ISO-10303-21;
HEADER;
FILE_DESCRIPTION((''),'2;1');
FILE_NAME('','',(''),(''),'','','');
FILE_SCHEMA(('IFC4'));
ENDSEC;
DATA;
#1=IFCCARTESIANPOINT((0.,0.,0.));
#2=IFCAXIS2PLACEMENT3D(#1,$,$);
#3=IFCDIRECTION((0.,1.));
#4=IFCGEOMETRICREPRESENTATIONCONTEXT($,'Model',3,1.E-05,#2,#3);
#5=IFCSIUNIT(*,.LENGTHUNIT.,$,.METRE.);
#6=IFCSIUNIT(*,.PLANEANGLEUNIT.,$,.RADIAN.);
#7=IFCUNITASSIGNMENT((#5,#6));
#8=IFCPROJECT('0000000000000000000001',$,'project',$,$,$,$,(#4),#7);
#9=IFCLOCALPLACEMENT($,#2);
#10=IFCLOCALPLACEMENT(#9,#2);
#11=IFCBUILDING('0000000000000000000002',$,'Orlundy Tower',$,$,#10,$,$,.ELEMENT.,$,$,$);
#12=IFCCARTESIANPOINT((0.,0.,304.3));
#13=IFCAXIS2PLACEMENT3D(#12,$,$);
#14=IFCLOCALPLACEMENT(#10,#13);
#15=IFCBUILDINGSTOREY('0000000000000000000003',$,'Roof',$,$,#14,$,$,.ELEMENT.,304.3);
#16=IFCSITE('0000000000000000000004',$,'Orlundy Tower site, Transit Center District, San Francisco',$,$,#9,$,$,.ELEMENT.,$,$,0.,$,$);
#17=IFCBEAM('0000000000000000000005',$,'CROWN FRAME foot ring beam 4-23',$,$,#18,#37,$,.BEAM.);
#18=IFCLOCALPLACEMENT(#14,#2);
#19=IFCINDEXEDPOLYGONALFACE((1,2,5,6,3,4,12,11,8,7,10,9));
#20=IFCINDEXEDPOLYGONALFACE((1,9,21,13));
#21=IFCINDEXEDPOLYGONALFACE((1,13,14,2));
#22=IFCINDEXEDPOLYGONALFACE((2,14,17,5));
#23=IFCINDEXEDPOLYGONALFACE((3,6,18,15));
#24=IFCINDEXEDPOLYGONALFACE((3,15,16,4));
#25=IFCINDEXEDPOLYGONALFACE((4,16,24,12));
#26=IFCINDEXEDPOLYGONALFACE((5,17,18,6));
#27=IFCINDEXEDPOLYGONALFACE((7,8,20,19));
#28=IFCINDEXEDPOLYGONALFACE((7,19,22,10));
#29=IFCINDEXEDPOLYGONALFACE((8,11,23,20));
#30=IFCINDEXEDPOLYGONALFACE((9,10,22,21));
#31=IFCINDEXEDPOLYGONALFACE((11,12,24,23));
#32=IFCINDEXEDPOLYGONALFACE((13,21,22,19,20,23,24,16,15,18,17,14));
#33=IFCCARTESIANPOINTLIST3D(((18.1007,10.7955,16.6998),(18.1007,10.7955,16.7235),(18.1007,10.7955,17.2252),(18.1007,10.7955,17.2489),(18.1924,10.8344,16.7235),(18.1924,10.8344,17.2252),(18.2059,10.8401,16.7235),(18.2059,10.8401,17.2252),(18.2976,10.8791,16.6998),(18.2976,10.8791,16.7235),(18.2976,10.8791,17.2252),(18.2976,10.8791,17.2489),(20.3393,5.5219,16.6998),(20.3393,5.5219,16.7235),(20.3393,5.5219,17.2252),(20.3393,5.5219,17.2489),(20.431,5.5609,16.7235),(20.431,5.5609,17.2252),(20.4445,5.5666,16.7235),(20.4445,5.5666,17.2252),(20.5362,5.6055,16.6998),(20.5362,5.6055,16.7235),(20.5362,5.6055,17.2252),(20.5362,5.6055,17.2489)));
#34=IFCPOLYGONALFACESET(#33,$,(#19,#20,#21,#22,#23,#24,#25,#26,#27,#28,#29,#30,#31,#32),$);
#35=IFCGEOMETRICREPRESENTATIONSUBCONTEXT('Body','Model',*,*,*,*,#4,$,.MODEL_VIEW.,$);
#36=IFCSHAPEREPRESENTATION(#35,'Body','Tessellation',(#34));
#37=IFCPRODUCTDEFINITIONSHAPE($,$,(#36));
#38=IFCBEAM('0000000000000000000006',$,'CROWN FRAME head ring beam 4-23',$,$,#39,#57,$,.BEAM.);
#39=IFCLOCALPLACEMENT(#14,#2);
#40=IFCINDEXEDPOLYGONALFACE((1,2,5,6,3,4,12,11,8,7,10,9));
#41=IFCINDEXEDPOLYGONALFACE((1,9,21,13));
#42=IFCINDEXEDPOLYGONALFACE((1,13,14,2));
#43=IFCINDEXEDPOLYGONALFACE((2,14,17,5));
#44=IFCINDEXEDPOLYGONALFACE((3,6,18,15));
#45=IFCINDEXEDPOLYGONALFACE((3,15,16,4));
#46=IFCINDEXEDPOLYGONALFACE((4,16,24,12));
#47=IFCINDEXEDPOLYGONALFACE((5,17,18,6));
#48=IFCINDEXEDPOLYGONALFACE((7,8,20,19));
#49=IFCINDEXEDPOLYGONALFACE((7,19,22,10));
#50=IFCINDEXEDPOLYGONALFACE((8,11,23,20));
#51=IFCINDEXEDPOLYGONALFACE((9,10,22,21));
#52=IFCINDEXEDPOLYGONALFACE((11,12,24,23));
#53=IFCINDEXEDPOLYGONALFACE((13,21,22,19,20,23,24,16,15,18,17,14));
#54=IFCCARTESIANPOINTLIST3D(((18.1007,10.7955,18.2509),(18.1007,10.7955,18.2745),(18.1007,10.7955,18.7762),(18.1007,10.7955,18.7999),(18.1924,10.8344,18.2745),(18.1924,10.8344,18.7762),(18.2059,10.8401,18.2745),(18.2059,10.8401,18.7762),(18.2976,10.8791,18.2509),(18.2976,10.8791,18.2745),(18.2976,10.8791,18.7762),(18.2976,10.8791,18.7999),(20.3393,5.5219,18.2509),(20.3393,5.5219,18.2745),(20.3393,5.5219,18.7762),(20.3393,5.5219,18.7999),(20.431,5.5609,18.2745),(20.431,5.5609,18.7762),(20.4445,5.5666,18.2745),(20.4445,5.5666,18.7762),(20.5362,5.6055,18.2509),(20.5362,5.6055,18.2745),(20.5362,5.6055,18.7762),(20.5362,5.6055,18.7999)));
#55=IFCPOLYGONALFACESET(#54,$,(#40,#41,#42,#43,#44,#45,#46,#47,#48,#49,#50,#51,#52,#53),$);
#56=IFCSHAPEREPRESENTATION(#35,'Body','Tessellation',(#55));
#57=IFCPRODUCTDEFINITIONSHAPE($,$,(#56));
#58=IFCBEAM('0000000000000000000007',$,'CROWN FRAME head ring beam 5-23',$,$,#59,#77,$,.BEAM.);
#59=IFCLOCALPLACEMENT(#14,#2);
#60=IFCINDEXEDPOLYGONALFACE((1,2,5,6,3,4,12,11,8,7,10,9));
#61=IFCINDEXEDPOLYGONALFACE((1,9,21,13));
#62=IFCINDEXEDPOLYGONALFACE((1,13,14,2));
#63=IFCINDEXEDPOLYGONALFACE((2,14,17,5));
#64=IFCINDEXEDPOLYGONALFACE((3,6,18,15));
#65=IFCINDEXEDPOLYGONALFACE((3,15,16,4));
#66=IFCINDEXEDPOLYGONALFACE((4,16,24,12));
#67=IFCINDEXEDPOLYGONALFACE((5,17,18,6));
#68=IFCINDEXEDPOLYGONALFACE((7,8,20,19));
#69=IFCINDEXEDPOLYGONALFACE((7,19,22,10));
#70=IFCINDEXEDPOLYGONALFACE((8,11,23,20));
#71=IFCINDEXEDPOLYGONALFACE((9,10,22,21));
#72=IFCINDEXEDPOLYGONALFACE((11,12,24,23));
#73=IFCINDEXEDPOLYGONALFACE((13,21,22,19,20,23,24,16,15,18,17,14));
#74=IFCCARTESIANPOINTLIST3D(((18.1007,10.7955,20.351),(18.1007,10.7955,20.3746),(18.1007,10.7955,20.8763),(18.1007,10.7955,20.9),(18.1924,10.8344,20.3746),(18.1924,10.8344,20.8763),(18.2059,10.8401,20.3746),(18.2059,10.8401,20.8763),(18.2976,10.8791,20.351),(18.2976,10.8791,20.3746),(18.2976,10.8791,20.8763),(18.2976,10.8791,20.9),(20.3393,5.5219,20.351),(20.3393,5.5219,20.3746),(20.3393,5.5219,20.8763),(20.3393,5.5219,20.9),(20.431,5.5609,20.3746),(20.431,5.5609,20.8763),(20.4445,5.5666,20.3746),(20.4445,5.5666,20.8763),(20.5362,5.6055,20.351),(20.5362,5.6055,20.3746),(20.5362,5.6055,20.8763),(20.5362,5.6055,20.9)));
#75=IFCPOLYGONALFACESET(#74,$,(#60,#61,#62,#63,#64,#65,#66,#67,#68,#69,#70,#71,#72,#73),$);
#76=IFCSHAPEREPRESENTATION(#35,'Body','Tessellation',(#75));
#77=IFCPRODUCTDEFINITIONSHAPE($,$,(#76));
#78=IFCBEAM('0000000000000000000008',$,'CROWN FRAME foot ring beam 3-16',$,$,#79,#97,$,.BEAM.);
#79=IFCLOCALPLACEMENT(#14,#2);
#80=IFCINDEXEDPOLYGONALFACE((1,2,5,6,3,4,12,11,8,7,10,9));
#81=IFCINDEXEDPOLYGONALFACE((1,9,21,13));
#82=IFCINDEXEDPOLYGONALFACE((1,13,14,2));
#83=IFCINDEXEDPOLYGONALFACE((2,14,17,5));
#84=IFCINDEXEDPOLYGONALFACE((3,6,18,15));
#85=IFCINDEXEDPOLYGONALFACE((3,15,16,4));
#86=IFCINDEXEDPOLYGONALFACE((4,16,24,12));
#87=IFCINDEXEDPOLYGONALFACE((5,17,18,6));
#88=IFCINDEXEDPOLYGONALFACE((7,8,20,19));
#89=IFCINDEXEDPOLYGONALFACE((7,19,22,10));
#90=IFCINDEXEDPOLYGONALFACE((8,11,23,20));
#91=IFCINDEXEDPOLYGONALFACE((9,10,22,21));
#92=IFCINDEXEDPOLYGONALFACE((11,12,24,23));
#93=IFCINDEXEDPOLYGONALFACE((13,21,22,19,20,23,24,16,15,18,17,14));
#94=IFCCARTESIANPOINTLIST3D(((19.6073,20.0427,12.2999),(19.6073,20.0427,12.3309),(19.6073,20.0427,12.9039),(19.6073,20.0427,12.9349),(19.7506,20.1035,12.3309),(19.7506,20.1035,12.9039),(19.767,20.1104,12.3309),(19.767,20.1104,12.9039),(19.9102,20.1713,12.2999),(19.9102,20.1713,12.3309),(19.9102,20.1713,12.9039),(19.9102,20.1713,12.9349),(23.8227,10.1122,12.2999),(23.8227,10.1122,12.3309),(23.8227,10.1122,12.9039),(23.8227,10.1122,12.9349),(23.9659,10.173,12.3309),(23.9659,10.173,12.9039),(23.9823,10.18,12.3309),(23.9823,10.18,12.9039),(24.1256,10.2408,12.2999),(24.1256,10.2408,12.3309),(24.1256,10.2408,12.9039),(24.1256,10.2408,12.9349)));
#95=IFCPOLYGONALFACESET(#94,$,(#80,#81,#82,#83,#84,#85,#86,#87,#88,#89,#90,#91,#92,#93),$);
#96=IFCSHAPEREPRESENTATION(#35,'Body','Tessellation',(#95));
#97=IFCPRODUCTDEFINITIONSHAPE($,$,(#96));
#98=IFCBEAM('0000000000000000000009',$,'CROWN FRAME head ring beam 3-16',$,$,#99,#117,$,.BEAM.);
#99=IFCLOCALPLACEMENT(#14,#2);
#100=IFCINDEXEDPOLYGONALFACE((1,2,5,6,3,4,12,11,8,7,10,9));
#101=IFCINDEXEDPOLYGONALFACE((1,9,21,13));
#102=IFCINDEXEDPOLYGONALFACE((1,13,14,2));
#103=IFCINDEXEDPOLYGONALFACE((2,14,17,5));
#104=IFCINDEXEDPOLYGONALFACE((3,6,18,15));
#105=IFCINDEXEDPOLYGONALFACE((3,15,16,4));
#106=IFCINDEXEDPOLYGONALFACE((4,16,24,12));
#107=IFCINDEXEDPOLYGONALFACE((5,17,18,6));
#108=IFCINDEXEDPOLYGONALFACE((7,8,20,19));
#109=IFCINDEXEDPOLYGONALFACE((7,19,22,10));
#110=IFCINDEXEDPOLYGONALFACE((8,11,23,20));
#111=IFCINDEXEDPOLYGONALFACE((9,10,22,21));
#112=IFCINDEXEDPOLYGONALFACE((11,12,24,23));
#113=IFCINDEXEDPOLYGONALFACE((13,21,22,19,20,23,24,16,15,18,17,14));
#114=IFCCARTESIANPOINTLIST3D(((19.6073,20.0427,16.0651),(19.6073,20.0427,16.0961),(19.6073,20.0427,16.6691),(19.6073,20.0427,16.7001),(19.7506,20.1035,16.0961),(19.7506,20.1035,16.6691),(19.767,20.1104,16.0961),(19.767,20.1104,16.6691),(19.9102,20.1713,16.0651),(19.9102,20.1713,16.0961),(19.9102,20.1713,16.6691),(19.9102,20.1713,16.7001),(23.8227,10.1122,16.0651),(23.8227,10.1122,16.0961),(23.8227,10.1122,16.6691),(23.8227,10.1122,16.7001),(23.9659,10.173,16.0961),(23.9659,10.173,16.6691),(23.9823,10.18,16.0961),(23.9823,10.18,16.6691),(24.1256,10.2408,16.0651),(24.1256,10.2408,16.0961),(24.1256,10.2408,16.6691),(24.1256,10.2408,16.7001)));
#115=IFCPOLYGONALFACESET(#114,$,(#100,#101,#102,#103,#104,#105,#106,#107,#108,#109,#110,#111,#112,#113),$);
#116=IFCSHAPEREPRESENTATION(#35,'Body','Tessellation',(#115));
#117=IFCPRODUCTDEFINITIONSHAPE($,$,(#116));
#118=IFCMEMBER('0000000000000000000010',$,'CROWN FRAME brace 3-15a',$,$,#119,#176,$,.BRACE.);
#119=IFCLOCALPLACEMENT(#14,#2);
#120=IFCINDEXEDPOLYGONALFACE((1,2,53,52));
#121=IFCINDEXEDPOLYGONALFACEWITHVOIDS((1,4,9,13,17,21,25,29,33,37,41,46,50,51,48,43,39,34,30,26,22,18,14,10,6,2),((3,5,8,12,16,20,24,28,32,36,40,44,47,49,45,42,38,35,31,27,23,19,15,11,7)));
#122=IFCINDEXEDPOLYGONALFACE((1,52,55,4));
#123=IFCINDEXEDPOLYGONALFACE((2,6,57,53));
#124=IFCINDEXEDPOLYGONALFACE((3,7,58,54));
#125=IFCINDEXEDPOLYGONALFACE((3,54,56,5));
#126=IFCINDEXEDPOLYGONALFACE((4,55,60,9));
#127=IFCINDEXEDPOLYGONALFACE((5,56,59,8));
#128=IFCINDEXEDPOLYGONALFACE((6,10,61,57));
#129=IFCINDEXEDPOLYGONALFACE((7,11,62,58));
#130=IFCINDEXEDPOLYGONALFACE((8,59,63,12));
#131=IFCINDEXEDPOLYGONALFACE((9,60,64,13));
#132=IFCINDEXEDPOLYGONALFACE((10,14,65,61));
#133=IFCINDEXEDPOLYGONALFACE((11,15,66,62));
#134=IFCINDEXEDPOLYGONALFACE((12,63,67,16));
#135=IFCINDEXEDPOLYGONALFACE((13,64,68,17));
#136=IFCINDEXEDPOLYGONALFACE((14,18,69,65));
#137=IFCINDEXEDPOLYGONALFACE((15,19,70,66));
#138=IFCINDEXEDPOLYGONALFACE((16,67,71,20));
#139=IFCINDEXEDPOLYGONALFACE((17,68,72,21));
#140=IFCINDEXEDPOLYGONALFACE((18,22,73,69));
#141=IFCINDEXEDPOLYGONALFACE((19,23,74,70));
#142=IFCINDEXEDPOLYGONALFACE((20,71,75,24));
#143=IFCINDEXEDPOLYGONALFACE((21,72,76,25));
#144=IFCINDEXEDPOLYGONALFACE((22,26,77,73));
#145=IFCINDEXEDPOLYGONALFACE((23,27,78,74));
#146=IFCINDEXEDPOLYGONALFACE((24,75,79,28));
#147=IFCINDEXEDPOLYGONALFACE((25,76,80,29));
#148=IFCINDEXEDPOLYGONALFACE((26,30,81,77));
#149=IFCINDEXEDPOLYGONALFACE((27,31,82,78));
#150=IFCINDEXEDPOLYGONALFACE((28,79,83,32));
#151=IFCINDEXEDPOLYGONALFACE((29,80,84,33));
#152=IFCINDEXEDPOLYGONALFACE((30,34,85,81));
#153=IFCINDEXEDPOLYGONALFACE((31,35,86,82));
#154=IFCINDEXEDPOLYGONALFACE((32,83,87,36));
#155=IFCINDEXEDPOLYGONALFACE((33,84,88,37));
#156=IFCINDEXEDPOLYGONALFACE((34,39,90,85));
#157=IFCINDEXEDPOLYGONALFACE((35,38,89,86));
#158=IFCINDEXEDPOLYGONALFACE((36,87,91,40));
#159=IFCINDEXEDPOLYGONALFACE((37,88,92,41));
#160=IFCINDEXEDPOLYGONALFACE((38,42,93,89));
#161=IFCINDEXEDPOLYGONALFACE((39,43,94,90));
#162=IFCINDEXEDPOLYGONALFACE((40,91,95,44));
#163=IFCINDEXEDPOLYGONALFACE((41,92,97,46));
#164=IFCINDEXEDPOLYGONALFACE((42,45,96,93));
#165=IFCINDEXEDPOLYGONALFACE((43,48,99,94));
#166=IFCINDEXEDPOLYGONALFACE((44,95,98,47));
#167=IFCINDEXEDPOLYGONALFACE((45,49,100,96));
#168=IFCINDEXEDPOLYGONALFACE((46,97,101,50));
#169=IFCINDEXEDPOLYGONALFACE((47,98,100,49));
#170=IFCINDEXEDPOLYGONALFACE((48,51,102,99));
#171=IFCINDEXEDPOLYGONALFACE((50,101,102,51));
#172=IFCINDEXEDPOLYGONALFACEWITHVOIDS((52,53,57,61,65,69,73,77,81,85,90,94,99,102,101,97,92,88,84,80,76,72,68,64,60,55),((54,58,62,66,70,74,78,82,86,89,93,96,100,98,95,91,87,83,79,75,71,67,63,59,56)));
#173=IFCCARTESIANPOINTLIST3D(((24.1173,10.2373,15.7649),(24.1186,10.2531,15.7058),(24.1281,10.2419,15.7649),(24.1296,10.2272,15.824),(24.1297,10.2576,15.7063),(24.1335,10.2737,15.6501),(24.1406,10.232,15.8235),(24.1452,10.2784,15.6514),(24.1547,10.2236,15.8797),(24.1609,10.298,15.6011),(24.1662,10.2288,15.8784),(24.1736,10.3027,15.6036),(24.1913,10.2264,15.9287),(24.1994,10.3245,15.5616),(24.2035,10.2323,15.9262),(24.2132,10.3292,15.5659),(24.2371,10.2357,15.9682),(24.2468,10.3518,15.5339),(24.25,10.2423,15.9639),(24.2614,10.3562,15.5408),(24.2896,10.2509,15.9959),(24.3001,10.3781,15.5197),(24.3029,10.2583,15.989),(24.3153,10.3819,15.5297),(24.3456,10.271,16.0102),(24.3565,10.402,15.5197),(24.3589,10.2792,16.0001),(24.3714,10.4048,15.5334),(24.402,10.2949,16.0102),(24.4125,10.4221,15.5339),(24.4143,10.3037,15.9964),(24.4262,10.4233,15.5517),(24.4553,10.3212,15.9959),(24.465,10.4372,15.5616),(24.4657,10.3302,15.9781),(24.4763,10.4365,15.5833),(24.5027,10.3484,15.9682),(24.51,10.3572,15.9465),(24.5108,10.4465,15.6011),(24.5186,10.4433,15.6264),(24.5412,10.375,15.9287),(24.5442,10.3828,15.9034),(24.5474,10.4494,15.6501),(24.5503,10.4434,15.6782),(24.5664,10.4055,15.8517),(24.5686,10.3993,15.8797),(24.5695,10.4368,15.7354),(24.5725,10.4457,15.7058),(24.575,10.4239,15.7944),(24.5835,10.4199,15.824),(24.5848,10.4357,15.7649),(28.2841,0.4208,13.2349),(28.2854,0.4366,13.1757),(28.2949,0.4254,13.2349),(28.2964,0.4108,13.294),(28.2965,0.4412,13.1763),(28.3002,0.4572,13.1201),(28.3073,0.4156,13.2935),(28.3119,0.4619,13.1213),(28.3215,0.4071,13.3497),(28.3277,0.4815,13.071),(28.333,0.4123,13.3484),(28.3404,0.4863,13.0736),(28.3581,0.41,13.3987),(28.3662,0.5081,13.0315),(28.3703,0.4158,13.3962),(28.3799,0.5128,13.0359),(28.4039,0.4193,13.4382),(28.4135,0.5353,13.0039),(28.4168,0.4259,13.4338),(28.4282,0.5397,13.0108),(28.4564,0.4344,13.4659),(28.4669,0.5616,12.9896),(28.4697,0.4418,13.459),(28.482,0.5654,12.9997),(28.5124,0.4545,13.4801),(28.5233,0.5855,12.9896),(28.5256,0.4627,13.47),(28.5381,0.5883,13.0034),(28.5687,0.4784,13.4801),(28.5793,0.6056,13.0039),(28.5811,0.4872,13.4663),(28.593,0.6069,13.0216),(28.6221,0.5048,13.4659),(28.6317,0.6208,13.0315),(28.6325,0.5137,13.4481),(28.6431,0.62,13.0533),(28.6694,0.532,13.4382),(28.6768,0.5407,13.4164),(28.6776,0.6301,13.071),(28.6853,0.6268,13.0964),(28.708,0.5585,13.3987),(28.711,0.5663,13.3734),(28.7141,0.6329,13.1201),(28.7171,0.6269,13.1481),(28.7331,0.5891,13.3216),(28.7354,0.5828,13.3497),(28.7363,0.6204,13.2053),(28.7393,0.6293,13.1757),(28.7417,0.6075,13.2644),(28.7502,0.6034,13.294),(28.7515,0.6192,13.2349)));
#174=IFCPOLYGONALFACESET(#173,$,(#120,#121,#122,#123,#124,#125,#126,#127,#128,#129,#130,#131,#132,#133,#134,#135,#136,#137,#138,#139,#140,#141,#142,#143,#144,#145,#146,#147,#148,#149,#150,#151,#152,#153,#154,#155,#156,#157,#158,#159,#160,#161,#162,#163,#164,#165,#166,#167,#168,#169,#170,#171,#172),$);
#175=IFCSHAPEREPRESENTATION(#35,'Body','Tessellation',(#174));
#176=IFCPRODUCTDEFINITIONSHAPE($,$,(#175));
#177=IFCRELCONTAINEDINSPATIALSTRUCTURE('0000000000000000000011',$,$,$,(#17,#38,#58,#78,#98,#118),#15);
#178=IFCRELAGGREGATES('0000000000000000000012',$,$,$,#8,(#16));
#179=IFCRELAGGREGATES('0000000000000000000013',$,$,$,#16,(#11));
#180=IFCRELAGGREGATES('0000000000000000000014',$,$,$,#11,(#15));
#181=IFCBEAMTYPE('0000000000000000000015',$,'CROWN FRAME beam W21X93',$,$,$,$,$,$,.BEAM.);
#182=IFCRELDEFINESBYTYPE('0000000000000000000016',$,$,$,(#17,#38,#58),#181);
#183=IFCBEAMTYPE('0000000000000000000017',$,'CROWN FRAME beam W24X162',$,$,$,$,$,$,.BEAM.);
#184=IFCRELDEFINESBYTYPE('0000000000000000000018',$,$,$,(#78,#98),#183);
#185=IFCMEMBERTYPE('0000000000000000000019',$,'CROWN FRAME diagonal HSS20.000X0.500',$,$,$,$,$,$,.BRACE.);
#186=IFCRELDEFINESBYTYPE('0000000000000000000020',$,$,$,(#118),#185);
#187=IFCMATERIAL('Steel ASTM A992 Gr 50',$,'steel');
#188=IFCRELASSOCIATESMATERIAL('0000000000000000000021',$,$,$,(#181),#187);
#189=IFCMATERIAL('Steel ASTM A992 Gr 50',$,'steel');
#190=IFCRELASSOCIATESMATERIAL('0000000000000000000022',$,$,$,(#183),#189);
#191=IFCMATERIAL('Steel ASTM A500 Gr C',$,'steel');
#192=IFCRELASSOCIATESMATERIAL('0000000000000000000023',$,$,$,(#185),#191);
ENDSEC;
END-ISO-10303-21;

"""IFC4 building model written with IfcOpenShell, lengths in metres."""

from ifc_helpers import new_model, si_unit, direction, frame, origin, origin_2d, place, context, subcontext, project, spatial, hollow_circle, i_section, extrude, material, material_profile, profile_set, type_object, element, save


model = new_model("IFC4")

# Units and contexts
model_context = context("Model", 3, precision=1e-05, world=origin(), true_north=direction((0.0, 1.0)))
body_context = subcontext(model_context, "Body", "Model", "MODEL_VIEW")
ifc_project = project(units=[si_unit("LENGTHUNIT", "METRE"), si_unit("PLANEANGLEUNIT", "RADIAN")], contexts=[model_context])

# Site, building, storey
site_placement = place(None, origin())
site = spatial("IfcSite", under=ifc_project, at=site_placement, Name="Orlundy Tower site, Transit Center District, San Francisco", CompositionType="ELEMENT", RefElevation=0.0)
building_placement = place(site_placement, origin())
building = spatial("IfcBuilding", under=site, at=building_placement, Name="Orlundy Tower", CompositionType="ELEMENT")
storey_placement = place(building_placement, frame((0.0, 0.0, 304.3)))
storey = spatial("IfcBuildingStorey", under=building, at=storey_placement, Name="Roof", CompositionType="ELEMENT", Elevation=304.3)

# Beams
ifc_material_1 = material(Name="Steel ASTM A992 Gr 50", Category="steel")
ifc_material_profile_1 = material_profile(ifc_material_1, i_section(OverallWidth=0.2139, OverallDepth=0.5491, WebThickness=0.0146, FlangeThickness=0.0237, at=origin_2d()), Name="W21X93")
ifc_profile_set_1 = profile_set([ifc_material_profile_1], Name="Steel ASTM A992 Gr 50")
beam_type_1 = type_object("IfcBeamType", Name="CROWN FRAME beam W21X93", PredefinedType="BEAM", material=ifc_profile_set_1)
for number, where, z_axis, x_axis, name in (
    (1, (20.4377, 5.5637, 16.9744), (-0.390744, 0.9205, 0.0), (-0.9205, -0.390744, 0.0), "CROWN FRAME foot ring beam 4-23"),
    (2, (20.4377, 5.5637, 18.5254), (-0.390744, 0.9205, 0.0), (-0.9205, -0.390744, 0.0), "CROWN FRAME head ring beam 4-23"),
    (3, (20.4377, 5.5637, 20.6255), (-0.390744, 0.9205, 0.0), (-0.9205, -0.390744, 0.0), "CROWN FRAME head ring beam 5-23"),
):
    element("IfcBeam", number, at=place(storey_placement, frame(where, z_axis=z_axis, x_axis=x_axis)), inside=storey, type_object=beam_type_1, Name=name, PredefinedType="BEAM", context=body_context, shape_type="SweptSolid", body=[
        extrude(i_section(OverallWidth=0.2139, OverallDepth=0.5491, WebThickness=0.0146, FlangeThickness=0.0237, at=origin_2d()), origin(), (0.0, 0.0, 1.0), 5.729),
    ])
ifc_material_2 = material(Name="Steel ASTM A992 Gr 50", Category="steel")
ifc_material_profile_2 = material_profile(ifc_material_2, i_section(OverallWidth=0.3291, OverallDepth=0.635, WebThickness=0.0178, FlangeThickness=0.031, at=origin_2d()), Name="W24X162")
ifc_profile_set_2 = profile_set([ifc_material_profile_2], Name="Steel ASTM A992 Gr 50")
beam_type_2 = type_object("IfcBeamType", Name="CROWN FRAME beam W24X162", PredefinedType="BEAM", material=ifc_profile_set_2)
for number, where, z_axis, x_axis, name in (
    (4, (23.9741, 10.1765, 12.6174), (-0.39074, 0.920501, 0.0), (-0.920501, -0.39074, 0.0), "CROWN FRAME foot ring beam 3-16"),
    (5, (23.9741, 10.1765, 16.3826), (-0.39074, 0.920501, 0.0), (-0.920501, -0.39074, 0.0), "CROWN FRAME head ring beam 3-16"),
):
    element("IfcBeam", number, at=place(storey_placement, frame(where, z_axis=z_axis, x_axis=x_axis)), inside=storey, type_object=beam_type_2, Name=name, PredefinedType="BEAM", context=body_context, shape_type="SweptSolid", body=[
        extrude(i_section(OverallWidth=0.3291, OverallDepth=0.635, WebThickness=0.0178, FlangeThickness=0.031, at=origin_2d()), origin(), (0.0, 0.0, 1.0), 10.7881),
    ])

# Member
ifc_material_3 = material(Name="Steel ASTM A500 Gr C", Category="steel")
ifc_material_profile_3 = material_profile(ifc_material_3, hollow_circle(Radius=0.2539, WallThickness=0.0117, at=origin_2d()), Name="HSS20.000X0.500")
ifc_profile_set_3 = profile_set([ifc_material_profile_3], Name="Steel ASTM A500 Gr C")
member_type_1 = type_object("IfcMemberType", Name="CROWN FRAME diagonal HSS20.000X0.500", PredefinedType="BRACE", material=ifc_profile_set_3)
member_1_placement = place(storey_placement, frame((28.5178, 0.52, 13.2349), z_axis=(-0.380173, 0.895646, 0.230839), x_axis=(-0.920507, -0.390726, 0.0)))
element("IfcMember", 6, at=member_1_placement, inside=storey, type_object=member_type_1, Name="CROWN FRAME brace 3-15a", PredefinedType="BRACE", context=body_context, shape_type="SweptSolid", body=[
    extrude(hollow_circle(Radius=0.2539, WallThickness=0.0117, at=origin_2d()), origin(), (0.0, 0.0, 1.0), 10.9602),
])

save(model, "model.ifc")
